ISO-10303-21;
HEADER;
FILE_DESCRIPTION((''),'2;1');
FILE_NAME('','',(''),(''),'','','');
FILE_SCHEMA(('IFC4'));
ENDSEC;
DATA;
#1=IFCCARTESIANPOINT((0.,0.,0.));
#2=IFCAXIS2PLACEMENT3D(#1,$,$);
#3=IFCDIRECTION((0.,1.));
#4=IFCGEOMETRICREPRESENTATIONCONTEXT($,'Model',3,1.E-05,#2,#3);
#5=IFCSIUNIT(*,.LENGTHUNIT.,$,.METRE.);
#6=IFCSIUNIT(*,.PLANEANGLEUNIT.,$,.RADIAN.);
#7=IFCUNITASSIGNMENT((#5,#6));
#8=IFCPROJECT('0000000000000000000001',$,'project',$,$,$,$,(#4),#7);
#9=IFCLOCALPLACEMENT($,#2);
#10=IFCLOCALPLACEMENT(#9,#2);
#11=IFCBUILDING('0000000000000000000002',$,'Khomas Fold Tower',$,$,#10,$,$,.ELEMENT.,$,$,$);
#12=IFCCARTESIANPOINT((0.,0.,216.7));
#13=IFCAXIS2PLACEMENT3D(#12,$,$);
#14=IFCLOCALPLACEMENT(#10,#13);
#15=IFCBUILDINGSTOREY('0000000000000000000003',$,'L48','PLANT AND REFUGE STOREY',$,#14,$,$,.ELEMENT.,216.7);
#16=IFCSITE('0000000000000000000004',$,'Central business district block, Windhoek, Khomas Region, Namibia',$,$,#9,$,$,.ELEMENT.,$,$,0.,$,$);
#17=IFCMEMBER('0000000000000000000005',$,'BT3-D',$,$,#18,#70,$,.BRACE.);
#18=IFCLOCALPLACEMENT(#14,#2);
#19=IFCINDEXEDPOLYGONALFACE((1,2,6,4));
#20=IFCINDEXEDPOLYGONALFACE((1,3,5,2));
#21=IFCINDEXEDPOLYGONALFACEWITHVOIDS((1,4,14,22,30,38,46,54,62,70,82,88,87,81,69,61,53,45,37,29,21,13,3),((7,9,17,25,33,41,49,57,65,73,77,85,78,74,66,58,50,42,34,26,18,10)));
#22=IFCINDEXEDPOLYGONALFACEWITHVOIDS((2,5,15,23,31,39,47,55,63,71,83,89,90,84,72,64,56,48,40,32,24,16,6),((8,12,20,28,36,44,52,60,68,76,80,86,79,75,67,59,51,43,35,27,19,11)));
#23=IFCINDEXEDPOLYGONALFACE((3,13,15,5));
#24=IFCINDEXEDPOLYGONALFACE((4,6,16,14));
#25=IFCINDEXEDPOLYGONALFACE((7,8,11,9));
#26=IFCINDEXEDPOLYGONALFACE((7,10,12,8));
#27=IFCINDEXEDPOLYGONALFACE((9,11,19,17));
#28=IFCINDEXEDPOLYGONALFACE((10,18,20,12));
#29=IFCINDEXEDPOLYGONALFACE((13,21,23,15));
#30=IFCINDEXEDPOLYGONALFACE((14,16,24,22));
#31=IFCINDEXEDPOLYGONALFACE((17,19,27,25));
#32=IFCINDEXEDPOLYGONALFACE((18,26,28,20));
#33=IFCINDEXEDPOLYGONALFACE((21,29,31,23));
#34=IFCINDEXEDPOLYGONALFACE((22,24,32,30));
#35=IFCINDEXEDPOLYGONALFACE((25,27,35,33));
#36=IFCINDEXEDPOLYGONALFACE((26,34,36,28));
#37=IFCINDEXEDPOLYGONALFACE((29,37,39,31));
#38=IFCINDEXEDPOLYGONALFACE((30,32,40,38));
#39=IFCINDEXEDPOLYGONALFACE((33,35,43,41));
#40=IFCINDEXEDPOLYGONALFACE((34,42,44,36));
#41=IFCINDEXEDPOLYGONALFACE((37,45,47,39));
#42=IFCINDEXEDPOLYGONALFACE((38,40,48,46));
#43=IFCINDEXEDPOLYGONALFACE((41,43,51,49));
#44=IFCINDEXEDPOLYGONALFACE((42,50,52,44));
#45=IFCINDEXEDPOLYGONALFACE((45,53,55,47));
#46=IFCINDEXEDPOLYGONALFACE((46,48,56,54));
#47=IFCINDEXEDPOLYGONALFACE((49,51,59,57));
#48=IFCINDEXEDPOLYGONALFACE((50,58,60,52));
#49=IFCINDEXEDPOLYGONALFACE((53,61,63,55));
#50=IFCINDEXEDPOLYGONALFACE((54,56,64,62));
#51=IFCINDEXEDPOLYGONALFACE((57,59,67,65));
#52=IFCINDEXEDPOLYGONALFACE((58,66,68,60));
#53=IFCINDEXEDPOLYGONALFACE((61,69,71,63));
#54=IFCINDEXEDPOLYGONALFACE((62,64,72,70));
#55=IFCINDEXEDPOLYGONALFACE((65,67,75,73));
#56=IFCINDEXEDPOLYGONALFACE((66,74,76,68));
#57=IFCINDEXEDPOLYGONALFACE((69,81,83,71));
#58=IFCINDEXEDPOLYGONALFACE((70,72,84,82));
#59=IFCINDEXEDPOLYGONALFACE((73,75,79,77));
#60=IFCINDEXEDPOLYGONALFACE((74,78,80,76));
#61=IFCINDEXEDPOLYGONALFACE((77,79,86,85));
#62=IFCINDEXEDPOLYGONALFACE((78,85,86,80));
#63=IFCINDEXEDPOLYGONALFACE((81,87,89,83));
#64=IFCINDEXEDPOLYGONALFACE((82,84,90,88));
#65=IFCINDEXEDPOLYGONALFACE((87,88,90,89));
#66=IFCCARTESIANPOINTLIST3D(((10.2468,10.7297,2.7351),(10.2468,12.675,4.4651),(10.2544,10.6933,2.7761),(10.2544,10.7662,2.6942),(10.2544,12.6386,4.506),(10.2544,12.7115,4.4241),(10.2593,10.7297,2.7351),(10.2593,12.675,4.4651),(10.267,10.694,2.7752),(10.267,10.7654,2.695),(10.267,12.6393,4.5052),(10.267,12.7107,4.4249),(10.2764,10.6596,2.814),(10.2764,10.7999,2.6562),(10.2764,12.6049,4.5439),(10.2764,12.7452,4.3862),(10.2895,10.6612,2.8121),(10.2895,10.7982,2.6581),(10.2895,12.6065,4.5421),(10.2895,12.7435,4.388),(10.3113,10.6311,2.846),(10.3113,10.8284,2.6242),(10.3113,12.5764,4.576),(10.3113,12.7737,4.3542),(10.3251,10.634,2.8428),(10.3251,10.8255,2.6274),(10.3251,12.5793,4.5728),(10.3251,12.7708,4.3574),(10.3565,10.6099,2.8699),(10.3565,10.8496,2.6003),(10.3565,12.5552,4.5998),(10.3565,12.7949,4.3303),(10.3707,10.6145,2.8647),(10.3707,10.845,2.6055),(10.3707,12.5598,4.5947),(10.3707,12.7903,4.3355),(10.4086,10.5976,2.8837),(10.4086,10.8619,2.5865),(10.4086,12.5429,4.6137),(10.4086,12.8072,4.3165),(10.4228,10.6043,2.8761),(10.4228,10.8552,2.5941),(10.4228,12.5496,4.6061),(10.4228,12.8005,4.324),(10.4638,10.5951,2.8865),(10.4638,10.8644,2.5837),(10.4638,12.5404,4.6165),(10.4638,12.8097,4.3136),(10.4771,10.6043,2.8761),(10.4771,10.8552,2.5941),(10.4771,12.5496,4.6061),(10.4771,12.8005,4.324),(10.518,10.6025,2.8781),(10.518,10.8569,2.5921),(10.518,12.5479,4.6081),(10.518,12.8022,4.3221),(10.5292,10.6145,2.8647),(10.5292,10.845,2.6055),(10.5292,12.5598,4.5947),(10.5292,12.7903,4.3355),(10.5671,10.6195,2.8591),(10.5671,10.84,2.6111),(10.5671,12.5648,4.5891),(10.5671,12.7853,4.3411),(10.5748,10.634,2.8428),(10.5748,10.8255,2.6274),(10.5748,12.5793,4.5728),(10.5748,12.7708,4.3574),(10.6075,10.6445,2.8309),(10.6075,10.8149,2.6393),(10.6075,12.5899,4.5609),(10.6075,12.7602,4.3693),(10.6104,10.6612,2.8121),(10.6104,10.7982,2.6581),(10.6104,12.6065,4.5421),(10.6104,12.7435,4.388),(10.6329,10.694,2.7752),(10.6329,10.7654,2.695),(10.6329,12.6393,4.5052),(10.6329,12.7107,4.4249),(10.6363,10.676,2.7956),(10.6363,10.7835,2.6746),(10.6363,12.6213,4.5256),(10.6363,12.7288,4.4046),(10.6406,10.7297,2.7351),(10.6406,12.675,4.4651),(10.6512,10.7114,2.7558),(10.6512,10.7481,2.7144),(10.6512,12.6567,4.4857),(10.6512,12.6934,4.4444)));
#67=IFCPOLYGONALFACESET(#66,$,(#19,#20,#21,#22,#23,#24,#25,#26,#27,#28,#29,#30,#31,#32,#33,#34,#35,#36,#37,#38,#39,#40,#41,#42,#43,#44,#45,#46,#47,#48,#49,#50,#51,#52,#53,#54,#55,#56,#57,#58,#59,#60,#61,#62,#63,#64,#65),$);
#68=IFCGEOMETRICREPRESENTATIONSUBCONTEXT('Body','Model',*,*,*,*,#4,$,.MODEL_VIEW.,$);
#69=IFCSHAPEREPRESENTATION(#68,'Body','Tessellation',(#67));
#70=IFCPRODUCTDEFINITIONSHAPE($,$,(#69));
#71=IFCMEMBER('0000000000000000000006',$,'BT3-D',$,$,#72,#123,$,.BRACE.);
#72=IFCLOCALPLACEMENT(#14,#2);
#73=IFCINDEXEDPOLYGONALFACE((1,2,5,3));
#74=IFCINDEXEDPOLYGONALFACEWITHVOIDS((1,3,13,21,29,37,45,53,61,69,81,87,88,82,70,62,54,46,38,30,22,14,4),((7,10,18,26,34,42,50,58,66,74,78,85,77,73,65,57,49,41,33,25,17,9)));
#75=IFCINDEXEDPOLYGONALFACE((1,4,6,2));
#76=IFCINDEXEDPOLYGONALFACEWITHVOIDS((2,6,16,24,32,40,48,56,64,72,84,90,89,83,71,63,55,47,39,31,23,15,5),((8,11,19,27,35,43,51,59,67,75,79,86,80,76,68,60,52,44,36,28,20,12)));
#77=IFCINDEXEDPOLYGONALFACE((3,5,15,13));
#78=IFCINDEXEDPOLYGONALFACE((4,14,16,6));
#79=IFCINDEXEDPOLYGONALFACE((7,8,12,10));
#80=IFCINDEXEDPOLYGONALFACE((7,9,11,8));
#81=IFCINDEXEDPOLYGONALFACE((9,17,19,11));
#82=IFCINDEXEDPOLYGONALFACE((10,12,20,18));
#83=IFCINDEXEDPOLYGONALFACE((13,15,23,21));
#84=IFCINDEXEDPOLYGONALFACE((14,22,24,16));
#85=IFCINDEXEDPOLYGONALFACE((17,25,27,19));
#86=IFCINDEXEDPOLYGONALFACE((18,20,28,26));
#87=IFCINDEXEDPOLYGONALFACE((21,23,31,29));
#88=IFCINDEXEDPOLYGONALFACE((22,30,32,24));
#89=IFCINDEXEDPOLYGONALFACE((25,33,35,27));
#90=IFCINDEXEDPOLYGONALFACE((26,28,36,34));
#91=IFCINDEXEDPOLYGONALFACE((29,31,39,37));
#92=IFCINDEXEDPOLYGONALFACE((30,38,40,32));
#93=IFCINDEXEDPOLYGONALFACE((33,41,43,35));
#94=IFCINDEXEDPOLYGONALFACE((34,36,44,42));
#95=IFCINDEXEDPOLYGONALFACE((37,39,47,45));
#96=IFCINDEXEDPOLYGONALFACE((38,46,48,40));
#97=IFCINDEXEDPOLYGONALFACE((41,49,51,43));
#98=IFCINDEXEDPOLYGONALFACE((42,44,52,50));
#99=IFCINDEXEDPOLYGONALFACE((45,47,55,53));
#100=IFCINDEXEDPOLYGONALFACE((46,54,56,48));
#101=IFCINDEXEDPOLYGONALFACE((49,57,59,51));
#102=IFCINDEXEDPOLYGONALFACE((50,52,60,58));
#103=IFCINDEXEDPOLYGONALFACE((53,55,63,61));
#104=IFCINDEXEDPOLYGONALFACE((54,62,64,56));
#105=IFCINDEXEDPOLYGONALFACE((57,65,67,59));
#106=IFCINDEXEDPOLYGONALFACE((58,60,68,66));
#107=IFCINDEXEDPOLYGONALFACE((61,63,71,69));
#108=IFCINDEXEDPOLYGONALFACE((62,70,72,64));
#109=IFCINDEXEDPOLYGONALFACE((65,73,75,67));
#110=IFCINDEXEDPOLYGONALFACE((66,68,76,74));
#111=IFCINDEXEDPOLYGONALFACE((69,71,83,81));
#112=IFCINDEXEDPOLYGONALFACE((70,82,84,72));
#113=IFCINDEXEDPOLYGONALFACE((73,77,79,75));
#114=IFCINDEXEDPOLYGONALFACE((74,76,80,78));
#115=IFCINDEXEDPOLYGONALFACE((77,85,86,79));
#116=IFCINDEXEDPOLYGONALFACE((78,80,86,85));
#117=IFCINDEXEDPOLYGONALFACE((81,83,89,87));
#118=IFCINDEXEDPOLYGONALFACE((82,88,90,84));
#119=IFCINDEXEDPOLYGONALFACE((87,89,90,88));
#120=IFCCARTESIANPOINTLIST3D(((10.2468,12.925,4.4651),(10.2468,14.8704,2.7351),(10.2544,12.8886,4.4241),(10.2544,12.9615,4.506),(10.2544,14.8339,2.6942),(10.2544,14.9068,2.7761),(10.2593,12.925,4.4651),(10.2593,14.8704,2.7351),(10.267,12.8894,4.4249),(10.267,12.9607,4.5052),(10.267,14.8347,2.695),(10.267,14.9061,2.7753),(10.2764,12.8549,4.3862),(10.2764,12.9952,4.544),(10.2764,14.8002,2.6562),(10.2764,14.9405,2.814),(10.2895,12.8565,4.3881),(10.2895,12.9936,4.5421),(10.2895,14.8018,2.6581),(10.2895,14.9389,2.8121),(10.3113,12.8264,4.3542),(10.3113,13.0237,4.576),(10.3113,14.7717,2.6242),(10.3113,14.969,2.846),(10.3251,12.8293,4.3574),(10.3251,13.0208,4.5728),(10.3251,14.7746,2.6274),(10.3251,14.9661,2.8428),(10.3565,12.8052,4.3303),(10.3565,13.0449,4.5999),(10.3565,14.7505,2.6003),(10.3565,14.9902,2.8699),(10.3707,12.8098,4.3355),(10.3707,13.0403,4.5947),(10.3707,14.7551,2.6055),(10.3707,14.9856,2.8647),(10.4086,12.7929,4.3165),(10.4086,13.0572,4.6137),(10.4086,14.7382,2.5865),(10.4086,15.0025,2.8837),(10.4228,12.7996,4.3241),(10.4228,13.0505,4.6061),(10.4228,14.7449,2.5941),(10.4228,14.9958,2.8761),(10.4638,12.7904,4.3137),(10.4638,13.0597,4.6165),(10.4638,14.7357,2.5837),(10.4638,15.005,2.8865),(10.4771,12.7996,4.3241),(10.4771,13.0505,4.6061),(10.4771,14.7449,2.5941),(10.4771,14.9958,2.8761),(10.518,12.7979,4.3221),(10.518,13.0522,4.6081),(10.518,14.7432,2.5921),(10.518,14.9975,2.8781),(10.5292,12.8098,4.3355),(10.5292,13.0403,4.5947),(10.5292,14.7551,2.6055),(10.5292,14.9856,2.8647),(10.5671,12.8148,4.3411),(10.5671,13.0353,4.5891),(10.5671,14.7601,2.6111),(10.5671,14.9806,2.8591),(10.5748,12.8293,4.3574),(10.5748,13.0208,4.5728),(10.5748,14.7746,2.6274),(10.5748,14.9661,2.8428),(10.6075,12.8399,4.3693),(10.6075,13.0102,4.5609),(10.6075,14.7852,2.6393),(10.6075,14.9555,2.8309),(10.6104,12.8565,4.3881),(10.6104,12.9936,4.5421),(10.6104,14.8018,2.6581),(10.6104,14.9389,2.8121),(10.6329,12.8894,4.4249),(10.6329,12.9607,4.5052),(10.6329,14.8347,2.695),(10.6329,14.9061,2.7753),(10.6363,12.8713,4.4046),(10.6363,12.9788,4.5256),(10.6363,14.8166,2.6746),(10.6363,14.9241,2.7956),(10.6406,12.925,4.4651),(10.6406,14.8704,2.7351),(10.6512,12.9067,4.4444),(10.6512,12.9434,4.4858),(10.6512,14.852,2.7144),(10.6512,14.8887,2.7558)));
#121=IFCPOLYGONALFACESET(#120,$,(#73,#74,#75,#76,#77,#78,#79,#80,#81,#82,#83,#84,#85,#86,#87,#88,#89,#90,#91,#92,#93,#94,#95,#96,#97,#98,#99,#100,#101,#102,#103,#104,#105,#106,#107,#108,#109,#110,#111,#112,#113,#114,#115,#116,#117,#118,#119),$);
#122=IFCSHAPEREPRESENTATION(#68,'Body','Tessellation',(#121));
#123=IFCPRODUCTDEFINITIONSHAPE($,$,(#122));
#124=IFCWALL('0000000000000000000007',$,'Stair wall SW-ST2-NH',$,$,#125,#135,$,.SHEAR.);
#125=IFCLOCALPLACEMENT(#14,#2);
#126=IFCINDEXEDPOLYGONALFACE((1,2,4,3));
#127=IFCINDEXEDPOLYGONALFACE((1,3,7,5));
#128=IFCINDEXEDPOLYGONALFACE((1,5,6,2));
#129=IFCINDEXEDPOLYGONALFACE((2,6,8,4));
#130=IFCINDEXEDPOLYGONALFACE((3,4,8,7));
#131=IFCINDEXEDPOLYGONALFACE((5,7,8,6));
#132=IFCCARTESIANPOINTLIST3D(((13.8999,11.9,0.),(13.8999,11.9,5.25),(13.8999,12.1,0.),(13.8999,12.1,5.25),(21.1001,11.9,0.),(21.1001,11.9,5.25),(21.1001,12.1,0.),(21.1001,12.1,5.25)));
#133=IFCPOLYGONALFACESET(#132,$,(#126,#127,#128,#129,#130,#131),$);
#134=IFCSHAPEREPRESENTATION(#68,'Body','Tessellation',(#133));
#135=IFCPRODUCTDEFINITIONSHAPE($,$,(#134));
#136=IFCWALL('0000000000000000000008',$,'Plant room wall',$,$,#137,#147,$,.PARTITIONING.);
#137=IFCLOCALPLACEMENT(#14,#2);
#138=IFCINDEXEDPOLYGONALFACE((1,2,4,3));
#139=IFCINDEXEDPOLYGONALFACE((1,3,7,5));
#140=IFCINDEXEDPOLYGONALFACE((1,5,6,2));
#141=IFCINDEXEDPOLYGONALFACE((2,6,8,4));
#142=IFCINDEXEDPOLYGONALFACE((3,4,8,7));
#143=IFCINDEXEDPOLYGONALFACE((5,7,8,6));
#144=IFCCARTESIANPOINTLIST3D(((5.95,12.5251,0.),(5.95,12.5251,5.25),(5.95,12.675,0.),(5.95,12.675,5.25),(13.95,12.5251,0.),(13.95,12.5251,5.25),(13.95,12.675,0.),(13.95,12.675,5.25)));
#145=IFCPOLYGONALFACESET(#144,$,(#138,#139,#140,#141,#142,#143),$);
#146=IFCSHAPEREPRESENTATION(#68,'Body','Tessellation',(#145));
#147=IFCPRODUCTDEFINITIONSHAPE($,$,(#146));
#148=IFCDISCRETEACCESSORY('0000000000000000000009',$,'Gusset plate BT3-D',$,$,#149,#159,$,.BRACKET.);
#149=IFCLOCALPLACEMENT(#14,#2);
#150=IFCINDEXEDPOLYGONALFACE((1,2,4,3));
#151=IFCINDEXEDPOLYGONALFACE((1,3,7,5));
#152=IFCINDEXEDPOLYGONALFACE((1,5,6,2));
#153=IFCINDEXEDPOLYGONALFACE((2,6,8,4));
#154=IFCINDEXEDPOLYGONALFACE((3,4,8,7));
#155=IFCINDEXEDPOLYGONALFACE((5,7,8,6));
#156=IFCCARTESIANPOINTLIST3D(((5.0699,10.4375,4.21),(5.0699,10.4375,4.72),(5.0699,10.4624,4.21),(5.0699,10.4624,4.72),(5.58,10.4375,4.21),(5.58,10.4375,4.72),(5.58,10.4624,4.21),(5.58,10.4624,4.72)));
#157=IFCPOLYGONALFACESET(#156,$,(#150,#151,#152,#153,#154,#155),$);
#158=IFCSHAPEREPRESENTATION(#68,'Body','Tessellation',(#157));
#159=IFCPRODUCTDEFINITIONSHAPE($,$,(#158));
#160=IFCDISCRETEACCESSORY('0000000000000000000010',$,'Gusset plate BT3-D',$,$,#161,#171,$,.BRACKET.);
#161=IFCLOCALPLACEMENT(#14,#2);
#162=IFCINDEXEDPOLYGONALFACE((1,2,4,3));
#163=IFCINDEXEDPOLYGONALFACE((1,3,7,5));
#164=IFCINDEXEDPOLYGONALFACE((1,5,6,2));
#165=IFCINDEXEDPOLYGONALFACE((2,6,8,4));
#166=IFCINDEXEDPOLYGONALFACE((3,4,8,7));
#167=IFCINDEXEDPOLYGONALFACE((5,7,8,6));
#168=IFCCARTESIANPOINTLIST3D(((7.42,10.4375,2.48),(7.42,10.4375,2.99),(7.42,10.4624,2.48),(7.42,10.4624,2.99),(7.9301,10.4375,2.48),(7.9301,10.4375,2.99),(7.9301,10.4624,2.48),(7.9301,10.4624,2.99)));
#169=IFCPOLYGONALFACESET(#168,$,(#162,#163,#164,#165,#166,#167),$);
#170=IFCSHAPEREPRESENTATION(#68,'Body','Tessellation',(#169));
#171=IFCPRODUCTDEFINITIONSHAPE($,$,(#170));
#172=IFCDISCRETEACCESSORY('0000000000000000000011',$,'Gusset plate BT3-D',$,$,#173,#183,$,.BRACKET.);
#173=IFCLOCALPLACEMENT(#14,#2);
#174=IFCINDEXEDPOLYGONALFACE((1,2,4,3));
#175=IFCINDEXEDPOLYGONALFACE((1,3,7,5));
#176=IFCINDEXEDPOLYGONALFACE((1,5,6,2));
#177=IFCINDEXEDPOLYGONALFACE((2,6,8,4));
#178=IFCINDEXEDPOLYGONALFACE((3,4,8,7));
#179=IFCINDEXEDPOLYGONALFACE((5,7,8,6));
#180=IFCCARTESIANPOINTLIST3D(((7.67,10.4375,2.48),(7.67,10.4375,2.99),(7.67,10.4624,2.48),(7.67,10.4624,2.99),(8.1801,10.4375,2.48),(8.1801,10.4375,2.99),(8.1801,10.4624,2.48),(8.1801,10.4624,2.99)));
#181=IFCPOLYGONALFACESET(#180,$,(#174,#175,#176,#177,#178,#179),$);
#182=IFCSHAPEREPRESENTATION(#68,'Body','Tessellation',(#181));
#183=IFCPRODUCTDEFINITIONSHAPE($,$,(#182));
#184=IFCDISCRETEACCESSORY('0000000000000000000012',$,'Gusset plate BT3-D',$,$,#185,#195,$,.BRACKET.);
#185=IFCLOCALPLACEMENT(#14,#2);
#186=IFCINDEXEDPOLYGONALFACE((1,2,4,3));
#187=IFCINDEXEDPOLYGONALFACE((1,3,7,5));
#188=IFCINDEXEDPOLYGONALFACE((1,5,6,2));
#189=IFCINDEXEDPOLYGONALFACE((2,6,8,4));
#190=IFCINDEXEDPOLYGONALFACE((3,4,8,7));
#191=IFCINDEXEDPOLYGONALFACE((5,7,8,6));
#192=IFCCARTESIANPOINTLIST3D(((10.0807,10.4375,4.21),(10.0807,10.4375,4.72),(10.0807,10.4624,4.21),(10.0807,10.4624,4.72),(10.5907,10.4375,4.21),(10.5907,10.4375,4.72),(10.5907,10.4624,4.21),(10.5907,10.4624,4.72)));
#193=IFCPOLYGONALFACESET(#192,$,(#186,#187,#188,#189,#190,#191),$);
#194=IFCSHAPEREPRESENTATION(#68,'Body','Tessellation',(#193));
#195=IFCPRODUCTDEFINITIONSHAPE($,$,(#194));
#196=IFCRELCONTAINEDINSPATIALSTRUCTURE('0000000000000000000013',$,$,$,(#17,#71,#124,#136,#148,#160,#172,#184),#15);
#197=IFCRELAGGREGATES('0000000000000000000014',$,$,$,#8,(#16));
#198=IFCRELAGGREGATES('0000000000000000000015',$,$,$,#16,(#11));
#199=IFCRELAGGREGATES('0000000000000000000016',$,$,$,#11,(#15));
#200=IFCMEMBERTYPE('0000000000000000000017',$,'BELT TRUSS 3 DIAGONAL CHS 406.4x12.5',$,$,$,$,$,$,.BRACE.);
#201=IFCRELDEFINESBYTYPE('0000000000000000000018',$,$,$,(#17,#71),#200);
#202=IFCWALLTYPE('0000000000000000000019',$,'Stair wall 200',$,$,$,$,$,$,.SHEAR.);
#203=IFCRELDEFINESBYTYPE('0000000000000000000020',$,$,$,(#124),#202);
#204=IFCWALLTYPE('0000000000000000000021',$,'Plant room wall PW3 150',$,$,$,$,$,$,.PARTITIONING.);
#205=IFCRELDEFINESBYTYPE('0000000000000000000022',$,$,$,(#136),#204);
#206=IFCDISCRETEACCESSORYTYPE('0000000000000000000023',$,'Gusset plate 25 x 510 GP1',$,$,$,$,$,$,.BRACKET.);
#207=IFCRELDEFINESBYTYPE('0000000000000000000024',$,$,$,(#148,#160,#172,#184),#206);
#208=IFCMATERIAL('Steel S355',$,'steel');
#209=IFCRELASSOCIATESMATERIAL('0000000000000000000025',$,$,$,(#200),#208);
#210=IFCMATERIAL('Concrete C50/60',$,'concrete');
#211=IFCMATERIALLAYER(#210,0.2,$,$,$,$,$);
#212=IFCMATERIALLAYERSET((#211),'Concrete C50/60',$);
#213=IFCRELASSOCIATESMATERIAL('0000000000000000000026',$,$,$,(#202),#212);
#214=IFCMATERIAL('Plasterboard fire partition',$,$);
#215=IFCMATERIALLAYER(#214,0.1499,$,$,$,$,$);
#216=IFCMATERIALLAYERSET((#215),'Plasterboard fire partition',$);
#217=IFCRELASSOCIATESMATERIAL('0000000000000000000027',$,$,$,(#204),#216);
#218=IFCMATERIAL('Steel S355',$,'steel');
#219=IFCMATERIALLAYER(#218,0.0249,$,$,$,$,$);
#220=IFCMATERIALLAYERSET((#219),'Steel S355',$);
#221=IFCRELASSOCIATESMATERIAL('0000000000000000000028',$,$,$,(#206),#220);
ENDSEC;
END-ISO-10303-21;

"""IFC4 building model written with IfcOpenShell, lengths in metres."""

from ifc_helpers import new_model, si_unit, direction, frame, frame_2d, origin, origin_2d, place, context, subcontext, project, spatial, rectangle, hollow_circle, extrude, source, transform, mapped, material, layer, layer_set, material_profile, profile_set, type_object, element, save


model = new_model("IFC4")

# Units and contexts
model_context = context("Model", 3, precision=1e-05, world=origin(), true_north=direction((0.0, 1.0)))
body_context = subcontext(model_context, "Body", "Model", "MODEL_VIEW")
ifc_project = project(units=[si_unit("LENGTHUNIT", "METRE"), si_unit("PLANEANGLEUNIT", "RADIAN")], contexts=[model_context])

# Site, building, storey
site_placement = place(None, origin())
site = spatial("IfcSite", under=ifc_project, at=site_placement, Name="Central business district block, Windhoek, Khomas Region, Namibia", CompositionType="ELEMENT", RefElevation=0.0)
building_placement = place(site_placement, origin())
building = spatial("IfcBuilding", under=site, at=building_placement, Name="Khomas Fold Tower", CompositionType="ELEMENT")
storey_placement = place(building_placement, frame((0.0, 0.0, 216.7)))
storey = spatial("IfcBuildingStorey", under=building, at=storey_placement, Name="L48", Description="PLANT AND REFUGE STOREY", CompositionType="ELEMENT", Elevation=216.7)

# Members
ifc_material_1 = material(Name="Steel S355", Category="steel")
ifc_material_profile_1 = material_profile(ifc_material_1, hollow_circle(Radius=0.2031, WallThickness=0.0125, at=origin_2d()), Name="CHS 406.4x12.5")
ifc_profile_set_1 = profile_set([ifc_material_profile_1], Name="Steel S355")
member_type_1 = type_object("IfcMemberType", Name="BELT TRUSS 3 DIAGONAL CHS 406.4x12.5", PredefinedType="BRACE", material=ifc_profile_set_1)
shared_shape_1 = source(origin(), body_context, "Body", "SweptSolid", [
    extrude(hollow_circle(Radius=0.2031, WallThickness=0.0125, at=origin_2d()), origin(), (0.0, 0.0, 1.0), 2.6033),
])
for number, where, z_axis, x_axis, name in (
    (1, (10.45, 10.7297, 2.7351), (0.0, 0.747254, 0.664538), (-1.0, 0.0, 0.0), "BT3-D"),
    (2, (10.45, 12.925, 4.4651), (0.0, 0.747254, -0.664538), (-1.0, 0.0, 0.0), "BT3-D"),
):
    element("IfcMember", number, at=place(storey_placement, frame(where, z_axis=z_axis, x_axis=x_axis)), inside=storey, type_object=member_type_1, Name=name, PredefinedType="BRACE", context=body_context, shape_type="MappedRepresentation", body=[
        mapped(shared_shape_1, transform((0.0, 0.0, 0.0))),
    ])

# Walls
ifc_material_2 = material(Name="Concrete C50/60", Category="concrete")
ifc_layer_1 = layer(ifc_material_2, 0.2)
ifc_layer_set_1 = layer_set([ifc_layer_1], Name="Concrete C50/60")
wall_type_1 = type_object("IfcWallType", Name="Stair wall 200", PredefinedType="SHEAR", material=ifc_layer_set_1)
shared_shape_2 = source(origin(), body_context, "Body", "SweptSolid", [
    extrude(rectangle(XDim=7.2002, YDim=0.2, at=frame_2d((3.6001, 0.0))), origin(), (0.0, 0.0, 1.0), 5.25),
])
wall_1_placement = place(storey_placement, frame((13.8999, 12.0, 0.0), z_axis=(0.0, 0.0, 1.0), x_axis=(1.0, 0.0, 0.0)))
element("IfcWall", 3, at=wall_1_placement, inside=storey, type_object=wall_type_1, Name="Stair wall SW-ST2-NH", PredefinedType="SHEAR", context=body_context, shape_type="MappedRepresentation", body=[
    mapped(shared_shape_2, transform((0.0, 0.0, 0.0))),
])
ifc_material_3 = material(Name="Plasterboard fire partition")
ifc_layer_2 = layer(ifc_material_3, 0.1499)
ifc_layer_set_2 = layer_set([ifc_layer_2], Name="Plasterboard fire partition")
wall_type_2 = type_object("IfcWallType", Name="Plant room wall PW3 150", PredefinedType="PARTITIONING", material=ifc_layer_set_2)
shared_shape_3 = source(origin(), body_context, "Body", "SweptSolid", [
    extrude(rectangle(XDim=8.0, YDim=0.1499, at=frame_2d((4.0, 0.0))), origin(), (0.0, 0.0, 1.0), 5.25),
])
wall_2_placement = place(storey_placement, frame((5.95, 12.6001, 0.0), z_axis=(0.0, 0.0, 1.0), x_axis=(1.0, 0.0, 0.0)))
element("IfcWall", 4, at=wall_2_placement, inside=storey, type_object=wall_type_2, Name="Plant room wall", PredefinedType="PARTITIONING", context=body_context, shape_type="MappedRepresentation", body=[
    mapped(shared_shape_3, transform((0.0, 0.0, 0.0))),
])

# Discrete accessories
ifc_material_4 = material(Name="Steel S355", Category="steel")
ifc_layer_3 = layer(ifc_material_4, 0.0249)
ifc_layer_set_3 = layer_set([ifc_layer_3], Name="Steel S355")
discrete_accessory_type = type_object("IfcDiscreteAccessoryType", Name="Gusset plate 25 x 510 GP1", PredefinedType="BRACKET", material=ifc_layer_set_3)
shared_shape_4 = source(origin(), body_context, "Body", "SweptSolid", [
    extrude(rectangle(XDim=0.51, YDim=0.0249, at=origin_2d()), origin(), (0.0, 0.0, 1.0), 0.51),
])
for number, where, z_axis, x_axis, name in (
    (5, (5.325, 10.45, 4.21), (0.0, 0.0, 1.0), (1.0, 0.0, 0.0), "Gusset plate BT3-D"),
    (6, (7.675, 10.45, 2.48), (0.0, 0.0, 1.0), (1.0, 0.0, 0.0), "Gusset plate BT3-D"),
    (7, (7.925, 10.45, 2.48), (0.0, 0.0, 1.0), (1.0, 0.0, 0.0), "Gusset plate BT3-D"),
    (8, (10.3357, 10.45, 4.21), (0.0, 0.0, 1.0), (1.0, 0.0, 0.0), "Gusset plate BT3-D"),
):
    element("IfcDiscreteAccessory", number, at=place(storey_placement, frame(where, z_axis=z_axis, x_axis=x_axis)), inside=storey, type_object=discrete_accessory_type, Name=name, PredefinedType="BRACKET", context=body_context, shape_type="MappedRepresentation", body=[
        mapped(shared_shape_4, transform((0.0, 0.0, 0.0))),
    ])

save(model, "model.ifc")
